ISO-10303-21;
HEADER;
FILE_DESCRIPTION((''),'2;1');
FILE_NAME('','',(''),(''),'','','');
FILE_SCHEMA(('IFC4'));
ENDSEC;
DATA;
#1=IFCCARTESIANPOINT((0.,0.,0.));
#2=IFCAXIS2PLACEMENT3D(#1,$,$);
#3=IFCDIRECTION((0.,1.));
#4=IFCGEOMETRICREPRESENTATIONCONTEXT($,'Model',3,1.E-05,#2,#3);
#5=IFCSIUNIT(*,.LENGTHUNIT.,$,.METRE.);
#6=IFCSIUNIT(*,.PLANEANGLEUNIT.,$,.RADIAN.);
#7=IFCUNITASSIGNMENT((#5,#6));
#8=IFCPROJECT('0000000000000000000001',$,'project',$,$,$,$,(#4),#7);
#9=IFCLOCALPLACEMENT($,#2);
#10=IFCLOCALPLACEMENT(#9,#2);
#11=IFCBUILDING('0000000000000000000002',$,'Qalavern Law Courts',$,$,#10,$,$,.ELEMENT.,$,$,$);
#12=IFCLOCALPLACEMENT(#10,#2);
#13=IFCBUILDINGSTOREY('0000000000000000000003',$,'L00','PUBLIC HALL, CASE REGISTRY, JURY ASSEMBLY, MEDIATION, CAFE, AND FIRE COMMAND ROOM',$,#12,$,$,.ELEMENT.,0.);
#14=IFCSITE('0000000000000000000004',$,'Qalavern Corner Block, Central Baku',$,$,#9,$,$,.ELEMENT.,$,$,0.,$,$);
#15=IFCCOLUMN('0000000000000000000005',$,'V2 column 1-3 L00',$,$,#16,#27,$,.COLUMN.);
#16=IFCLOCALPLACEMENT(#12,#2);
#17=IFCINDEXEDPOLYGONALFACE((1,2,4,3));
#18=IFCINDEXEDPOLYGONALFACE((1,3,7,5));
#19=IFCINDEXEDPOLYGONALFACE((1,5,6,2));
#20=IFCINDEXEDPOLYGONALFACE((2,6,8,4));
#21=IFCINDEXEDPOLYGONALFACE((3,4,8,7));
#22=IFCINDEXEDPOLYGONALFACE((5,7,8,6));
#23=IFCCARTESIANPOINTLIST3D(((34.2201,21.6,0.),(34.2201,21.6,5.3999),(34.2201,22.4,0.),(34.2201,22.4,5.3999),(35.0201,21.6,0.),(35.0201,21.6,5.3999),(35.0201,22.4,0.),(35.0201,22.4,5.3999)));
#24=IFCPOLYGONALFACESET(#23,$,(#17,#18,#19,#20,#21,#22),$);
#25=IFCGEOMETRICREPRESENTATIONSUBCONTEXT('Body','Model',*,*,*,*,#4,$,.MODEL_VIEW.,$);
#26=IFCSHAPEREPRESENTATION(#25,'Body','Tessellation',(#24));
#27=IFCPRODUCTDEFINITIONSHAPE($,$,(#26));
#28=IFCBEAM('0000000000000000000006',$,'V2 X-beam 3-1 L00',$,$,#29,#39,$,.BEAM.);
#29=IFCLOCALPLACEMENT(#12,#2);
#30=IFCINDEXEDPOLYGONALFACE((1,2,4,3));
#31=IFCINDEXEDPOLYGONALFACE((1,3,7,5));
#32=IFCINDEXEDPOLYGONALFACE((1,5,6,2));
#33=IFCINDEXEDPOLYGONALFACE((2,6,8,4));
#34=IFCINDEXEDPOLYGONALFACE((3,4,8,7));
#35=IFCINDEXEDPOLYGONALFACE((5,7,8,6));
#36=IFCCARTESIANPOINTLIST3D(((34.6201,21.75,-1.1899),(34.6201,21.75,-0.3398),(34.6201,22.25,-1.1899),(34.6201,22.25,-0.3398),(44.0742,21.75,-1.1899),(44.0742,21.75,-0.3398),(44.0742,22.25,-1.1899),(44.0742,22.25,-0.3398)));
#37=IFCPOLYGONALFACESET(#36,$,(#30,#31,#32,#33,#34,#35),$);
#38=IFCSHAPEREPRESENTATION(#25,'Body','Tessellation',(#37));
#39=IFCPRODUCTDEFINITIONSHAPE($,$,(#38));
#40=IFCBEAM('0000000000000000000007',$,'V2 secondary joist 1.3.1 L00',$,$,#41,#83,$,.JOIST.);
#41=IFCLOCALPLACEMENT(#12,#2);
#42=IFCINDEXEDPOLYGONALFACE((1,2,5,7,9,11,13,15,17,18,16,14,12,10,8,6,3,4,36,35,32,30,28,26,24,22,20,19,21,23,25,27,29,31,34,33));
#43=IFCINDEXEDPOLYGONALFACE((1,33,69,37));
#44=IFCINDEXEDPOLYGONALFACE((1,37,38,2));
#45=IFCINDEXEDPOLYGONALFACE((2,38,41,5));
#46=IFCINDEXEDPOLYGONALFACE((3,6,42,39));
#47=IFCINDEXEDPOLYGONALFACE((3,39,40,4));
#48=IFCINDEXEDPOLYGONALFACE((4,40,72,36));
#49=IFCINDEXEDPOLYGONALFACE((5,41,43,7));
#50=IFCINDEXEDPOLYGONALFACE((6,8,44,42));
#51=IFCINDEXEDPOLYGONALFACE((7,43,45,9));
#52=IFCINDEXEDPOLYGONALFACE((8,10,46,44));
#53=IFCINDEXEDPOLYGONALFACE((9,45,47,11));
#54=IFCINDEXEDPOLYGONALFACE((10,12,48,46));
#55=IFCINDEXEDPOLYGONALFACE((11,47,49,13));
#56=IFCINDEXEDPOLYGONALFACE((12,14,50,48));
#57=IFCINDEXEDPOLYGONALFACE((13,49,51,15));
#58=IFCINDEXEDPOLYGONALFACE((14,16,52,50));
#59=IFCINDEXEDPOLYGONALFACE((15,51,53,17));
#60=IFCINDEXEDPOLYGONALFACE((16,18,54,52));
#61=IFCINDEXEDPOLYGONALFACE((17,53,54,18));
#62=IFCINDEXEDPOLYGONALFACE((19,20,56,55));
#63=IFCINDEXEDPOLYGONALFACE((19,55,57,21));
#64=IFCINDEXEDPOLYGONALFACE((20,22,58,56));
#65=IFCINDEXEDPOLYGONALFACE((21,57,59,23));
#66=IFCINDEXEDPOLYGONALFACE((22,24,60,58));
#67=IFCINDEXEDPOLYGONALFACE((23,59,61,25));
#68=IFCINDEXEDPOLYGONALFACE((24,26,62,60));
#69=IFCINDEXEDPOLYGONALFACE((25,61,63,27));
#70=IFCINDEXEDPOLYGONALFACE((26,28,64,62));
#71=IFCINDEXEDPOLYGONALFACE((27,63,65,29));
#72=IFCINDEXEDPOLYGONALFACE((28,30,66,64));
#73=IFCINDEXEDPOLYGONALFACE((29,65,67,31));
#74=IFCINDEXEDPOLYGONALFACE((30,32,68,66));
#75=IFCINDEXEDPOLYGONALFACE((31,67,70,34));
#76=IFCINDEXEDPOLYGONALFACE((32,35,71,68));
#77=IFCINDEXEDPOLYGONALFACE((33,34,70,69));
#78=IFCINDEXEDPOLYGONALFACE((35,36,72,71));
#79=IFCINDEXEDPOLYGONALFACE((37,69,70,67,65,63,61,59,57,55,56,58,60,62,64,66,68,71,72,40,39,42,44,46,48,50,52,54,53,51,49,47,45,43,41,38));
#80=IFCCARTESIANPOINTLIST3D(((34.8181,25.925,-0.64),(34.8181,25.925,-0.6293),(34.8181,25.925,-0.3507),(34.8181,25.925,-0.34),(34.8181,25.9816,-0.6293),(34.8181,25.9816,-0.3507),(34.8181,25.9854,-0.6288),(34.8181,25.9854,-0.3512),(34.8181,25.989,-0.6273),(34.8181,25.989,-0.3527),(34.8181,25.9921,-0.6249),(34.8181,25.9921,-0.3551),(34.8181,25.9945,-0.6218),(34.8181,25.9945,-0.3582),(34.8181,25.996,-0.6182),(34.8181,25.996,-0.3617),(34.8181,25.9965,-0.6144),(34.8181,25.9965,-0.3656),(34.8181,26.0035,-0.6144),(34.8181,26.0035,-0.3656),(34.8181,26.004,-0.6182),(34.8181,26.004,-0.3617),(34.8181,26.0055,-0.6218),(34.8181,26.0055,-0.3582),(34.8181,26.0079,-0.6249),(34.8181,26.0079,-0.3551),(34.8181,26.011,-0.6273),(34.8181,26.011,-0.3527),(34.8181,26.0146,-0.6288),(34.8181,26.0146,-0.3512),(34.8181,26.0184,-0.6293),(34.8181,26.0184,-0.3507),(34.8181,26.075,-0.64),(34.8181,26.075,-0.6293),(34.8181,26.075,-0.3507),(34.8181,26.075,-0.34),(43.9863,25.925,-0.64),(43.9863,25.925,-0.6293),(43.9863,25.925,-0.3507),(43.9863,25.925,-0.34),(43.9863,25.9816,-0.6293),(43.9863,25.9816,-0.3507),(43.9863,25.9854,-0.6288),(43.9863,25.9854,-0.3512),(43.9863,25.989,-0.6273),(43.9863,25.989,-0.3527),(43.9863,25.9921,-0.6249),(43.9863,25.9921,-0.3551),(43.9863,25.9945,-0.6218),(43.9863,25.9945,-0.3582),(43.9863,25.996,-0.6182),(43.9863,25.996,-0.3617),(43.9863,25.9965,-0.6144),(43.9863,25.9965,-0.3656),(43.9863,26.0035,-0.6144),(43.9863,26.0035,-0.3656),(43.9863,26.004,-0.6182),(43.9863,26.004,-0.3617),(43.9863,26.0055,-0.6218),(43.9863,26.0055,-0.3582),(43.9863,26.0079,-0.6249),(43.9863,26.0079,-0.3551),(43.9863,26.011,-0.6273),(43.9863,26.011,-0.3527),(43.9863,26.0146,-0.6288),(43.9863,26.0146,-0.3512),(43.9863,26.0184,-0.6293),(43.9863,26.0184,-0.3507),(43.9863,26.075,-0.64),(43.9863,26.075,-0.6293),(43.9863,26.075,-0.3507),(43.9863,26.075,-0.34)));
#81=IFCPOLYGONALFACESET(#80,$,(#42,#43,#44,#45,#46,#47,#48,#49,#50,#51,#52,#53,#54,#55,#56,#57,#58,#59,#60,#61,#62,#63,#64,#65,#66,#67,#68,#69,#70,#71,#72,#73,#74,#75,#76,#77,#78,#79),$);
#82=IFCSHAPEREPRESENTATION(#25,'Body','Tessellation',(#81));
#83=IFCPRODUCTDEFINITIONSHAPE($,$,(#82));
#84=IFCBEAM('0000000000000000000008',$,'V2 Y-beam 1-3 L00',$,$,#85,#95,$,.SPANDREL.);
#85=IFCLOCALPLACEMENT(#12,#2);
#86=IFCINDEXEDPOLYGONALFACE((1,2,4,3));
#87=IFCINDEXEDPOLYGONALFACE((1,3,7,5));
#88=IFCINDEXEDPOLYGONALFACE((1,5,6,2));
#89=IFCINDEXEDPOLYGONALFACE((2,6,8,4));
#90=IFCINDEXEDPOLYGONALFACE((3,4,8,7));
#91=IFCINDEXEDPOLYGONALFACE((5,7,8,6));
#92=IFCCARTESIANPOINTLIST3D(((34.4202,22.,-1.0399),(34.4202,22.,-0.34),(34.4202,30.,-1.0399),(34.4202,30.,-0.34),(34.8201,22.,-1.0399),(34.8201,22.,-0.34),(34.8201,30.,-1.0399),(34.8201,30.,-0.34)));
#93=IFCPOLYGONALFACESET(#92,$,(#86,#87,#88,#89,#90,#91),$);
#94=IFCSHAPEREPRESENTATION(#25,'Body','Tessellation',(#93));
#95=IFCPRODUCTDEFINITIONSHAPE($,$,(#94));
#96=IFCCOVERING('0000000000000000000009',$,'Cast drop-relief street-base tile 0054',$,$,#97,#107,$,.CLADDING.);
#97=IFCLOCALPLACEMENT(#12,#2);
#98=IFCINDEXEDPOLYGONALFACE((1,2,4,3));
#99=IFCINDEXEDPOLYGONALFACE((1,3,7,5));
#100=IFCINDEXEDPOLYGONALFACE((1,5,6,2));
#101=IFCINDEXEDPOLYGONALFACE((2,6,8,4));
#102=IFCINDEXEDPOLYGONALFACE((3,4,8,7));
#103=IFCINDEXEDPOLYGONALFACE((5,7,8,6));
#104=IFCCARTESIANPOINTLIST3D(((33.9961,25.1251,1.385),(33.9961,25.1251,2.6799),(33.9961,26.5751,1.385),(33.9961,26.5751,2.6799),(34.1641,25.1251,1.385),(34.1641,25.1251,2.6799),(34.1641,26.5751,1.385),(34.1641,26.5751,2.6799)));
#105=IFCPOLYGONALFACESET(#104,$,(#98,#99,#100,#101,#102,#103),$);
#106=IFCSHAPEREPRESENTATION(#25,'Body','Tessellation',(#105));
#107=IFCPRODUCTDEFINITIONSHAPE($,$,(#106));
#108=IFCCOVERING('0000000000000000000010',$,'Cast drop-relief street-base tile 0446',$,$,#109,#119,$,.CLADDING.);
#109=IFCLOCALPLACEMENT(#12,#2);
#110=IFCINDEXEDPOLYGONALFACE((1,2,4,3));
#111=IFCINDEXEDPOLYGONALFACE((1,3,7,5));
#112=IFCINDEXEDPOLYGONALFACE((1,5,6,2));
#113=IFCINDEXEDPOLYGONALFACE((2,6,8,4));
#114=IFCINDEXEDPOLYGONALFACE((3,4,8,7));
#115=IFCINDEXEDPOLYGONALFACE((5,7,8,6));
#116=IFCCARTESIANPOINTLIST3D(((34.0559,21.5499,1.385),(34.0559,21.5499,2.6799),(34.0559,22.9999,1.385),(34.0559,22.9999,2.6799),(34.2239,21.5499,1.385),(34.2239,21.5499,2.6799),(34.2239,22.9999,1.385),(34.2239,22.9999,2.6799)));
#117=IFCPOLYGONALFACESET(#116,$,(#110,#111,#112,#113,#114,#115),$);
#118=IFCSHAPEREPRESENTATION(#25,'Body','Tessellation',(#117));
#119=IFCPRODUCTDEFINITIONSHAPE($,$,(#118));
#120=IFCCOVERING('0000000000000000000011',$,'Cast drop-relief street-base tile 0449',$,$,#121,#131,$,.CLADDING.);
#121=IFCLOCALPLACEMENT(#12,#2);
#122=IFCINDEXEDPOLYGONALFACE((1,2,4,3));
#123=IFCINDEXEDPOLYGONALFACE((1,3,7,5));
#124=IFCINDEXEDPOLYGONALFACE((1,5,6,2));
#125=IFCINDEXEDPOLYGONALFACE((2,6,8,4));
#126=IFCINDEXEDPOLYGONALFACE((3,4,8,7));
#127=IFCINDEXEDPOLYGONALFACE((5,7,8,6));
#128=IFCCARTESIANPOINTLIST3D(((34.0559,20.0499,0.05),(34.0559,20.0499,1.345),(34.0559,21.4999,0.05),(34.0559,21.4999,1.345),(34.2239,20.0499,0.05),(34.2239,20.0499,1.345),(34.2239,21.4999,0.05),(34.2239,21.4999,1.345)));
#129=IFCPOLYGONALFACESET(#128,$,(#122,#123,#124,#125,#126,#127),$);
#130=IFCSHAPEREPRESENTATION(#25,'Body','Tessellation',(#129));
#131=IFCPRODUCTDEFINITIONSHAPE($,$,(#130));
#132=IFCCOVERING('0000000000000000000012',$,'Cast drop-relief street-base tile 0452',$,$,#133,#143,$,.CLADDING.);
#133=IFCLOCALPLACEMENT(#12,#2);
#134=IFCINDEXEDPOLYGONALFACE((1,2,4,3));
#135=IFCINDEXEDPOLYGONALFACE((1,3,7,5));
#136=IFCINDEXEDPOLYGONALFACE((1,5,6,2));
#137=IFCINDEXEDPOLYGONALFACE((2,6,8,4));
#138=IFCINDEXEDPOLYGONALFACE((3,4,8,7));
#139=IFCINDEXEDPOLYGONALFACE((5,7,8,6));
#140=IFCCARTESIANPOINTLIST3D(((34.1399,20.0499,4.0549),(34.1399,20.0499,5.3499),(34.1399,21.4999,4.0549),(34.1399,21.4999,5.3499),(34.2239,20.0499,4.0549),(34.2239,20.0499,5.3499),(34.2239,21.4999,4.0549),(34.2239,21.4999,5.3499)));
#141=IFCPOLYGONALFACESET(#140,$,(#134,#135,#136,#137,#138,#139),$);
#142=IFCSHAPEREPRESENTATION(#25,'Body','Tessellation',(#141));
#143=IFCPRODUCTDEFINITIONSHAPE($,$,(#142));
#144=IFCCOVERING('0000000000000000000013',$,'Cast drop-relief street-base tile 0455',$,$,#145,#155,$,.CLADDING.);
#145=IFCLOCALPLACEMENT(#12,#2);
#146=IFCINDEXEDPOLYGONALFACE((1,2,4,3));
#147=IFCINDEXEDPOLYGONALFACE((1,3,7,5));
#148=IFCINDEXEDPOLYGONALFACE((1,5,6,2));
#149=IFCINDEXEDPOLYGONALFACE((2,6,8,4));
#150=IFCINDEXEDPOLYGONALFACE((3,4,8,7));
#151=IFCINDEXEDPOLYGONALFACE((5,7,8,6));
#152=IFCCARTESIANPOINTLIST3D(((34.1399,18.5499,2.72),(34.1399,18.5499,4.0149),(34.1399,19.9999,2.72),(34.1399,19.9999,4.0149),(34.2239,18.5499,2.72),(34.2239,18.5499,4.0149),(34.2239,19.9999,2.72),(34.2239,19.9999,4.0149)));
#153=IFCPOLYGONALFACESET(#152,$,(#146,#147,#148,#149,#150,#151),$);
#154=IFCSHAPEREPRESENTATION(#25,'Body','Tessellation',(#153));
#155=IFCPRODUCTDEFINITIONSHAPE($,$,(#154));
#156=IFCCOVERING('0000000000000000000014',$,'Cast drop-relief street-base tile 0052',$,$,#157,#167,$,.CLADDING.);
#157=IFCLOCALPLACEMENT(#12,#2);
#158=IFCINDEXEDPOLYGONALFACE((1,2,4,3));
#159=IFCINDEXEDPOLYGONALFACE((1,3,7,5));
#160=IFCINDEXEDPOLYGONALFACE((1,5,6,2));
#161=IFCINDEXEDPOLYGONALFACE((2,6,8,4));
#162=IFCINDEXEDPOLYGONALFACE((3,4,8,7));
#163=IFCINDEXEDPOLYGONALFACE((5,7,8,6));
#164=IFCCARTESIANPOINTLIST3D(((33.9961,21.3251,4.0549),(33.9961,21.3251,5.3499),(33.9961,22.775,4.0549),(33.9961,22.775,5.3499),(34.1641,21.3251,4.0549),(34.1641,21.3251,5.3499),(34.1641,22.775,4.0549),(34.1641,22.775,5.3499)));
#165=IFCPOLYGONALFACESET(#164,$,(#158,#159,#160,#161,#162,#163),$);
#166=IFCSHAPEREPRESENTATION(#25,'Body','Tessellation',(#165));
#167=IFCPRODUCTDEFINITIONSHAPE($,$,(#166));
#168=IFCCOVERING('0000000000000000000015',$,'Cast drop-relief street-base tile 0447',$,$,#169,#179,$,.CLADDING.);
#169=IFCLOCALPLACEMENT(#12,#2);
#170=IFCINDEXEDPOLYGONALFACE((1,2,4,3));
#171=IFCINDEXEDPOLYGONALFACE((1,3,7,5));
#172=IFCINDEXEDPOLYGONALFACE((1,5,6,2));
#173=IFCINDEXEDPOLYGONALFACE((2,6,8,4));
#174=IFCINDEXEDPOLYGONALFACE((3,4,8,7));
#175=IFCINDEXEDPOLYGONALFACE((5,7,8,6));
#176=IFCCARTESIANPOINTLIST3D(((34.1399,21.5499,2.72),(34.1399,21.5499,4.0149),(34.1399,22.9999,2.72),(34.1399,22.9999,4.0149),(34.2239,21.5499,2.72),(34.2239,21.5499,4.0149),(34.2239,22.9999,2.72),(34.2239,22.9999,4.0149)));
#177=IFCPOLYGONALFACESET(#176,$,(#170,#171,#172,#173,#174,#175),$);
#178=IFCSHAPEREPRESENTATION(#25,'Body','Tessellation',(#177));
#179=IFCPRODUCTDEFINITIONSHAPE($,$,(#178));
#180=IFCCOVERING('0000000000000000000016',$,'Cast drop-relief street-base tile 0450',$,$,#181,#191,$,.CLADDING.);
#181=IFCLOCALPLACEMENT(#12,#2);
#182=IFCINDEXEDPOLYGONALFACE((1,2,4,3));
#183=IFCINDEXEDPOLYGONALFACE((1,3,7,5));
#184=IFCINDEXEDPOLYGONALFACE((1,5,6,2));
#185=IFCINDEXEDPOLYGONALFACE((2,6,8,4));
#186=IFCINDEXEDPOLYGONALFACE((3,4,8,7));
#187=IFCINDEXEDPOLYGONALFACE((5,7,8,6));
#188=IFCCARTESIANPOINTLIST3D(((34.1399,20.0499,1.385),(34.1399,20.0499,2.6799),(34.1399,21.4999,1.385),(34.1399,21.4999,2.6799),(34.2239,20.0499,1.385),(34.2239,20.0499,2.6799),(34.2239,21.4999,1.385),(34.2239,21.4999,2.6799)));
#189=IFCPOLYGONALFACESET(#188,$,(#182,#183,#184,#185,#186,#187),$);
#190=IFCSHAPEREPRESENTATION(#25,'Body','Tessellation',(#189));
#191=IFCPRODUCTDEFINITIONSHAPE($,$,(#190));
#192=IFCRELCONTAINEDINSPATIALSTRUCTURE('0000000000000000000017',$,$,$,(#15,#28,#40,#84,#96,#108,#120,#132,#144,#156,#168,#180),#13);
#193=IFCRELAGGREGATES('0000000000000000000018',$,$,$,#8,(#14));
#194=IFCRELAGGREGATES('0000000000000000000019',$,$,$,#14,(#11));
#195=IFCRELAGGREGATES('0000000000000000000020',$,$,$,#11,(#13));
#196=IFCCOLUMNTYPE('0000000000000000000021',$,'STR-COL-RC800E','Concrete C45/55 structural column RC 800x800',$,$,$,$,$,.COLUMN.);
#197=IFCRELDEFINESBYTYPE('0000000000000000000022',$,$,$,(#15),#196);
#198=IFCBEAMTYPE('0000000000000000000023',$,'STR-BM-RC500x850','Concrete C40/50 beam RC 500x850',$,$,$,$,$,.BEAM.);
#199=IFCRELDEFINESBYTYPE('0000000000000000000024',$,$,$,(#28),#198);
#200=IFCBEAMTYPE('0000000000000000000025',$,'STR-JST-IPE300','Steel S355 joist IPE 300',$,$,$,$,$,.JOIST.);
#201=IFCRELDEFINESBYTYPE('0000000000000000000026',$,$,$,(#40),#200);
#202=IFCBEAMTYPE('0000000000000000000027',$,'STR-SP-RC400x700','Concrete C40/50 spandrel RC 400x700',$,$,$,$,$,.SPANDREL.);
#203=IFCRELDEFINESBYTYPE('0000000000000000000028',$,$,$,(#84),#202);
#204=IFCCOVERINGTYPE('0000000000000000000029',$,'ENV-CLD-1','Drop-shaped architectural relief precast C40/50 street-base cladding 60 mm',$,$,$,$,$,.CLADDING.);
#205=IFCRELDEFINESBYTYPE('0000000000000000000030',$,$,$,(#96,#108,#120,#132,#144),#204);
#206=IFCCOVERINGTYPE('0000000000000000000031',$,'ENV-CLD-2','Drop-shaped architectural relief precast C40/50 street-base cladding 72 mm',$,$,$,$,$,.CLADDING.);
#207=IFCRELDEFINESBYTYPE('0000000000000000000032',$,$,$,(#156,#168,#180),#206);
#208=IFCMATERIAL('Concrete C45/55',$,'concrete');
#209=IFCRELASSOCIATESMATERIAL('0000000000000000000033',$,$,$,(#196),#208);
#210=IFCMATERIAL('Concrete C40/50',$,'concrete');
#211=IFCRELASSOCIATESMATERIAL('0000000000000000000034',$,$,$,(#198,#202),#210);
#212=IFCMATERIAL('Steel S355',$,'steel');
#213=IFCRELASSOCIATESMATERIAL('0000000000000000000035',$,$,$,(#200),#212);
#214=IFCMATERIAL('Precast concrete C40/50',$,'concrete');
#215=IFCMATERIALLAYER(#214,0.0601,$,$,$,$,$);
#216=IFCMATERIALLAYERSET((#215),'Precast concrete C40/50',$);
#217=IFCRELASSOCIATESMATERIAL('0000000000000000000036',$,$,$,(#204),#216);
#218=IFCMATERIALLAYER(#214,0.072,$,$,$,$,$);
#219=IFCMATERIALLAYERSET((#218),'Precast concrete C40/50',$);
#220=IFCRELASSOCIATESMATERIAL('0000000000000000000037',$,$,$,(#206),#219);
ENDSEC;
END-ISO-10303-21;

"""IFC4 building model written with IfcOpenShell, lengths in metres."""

from ifc_helpers import new_model, si_unit, direction, frame, origin, origin_2d, place, context, subcontext, project, spatial, rectangle, i_section, extrude, material, layer, layer_set, material_profile, profile_set, type_object, element, save


model = new_model("IFC4")

# Units and contexts
model_context = context("Model", 3, precision=1e-05, world=origin(), true_north=direction((0.0, 1.0)))
body_context = subcontext(model_context, "Body", "Model", "MODEL_VIEW")
ifc_project = project(units=[si_unit("LENGTHUNIT", "METRE"), si_unit("PLANEANGLEUNIT", "RADIAN")], contexts=[model_context])

# Site, building, storey
site_placement = place(None, origin())
site = spatial("IfcSite", under=ifc_project, at=site_placement, Name="Qalavern Corner Block, Central Baku", CompositionType="ELEMENT", RefElevation=0.0)
building_placement = place(site_placement, origin())
building = spatial("IfcBuilding", under=site, at=building_placement, Name="Qalavern Law Courts", CompositionType="ELEMENT")
storey_placement = place(building_placement, origin())
storey = spatial("IfcBuildingStorey", under=building, at=storey_placement, Name="L00", Description="PUBLIC HALL, CASE REGISTRY, JURY ASSEMBLY, MEDIATION, CAFE, AND FIRE COMMAND ROOM", CompositionType="ELEMENT", Elevation=0.0)

# Column
ifc_material_1 = material(Name="Concrete C45/55", Category="concrete")
ifc_material_profile_1 = material_profile(ifc_material_1, rectangle(XDim=0.8, YDim=0.8, at=origin_2d()), Name="RC 800x800")
ifc_profile_set_1 = profile_set([ifc_material_profile_1], Name="Concrete C45/55")
column_type = type_object("IfcColumnType", Name="STR-COL-RC800E", Description="Concrete C45/55 structural column RC 800x800", PredefinedType="COLUMN", material=ifc_profile_set_1)
column_placement = place(storey_placement, frame((34.6201, 22.0, 0.0), z_axis=(0.0, 0.0, 1.0), x_axis=(1.0, 0.0, 0.0)))
element("IfcColumn", 1, at=column_placement, inside=storey, type_object=column_type, Name="V2 column 1-3 L00", PredefinedType="COLUMN", context=body_context, shape_type="SweptSolid", body=[
    extrude(rectangle(XDim=0.8, YDim=0.8, at=origin_2d()), origin(), (0.0, 0.0, 1.0), 5.3999),
])

# Beams
ifc_material_2 = material(Name="Concrete C40/50", Category="concrete")
ifc_material_profile_2 = material_profile(ifc_material_2, rectangle(XDim=0.5, YDim=0.8501, at=origin_2d()), Name="RC 500x850")
ifc_profile_set_2 = profile_set([ifc_material_profile_2], Name="Concrete C40/50")
beam_type_1 = type_object("IfcBeamType", Name="STR-BM-RC500x850", Description="Concrete C40/50 beam RC 500x850", PredefinedType="BEAM", material=ifc_profile_set_2)
beam_1_placement = place(storey_placement, frame((34.6201, 22.0, -0.7649), z_axis=(1.0, 0.0, 0.0), x_axis=(0.0, 1.0, 0.0)))
element("IfcBeam", 2, at=beam_1_placement, inside=storey, type_object=beam_type_1, Name="V2 X-beam 3-1 L00", PredefinedType="BEAM", context=body_context, shape_type="SweptSolid", body=[
    extrude(rectangle(XDim=0.5, YDim=0.8501, at=origin_2d()), origin(), (0.0, 0.0, 1.0), 9.4541),
])
ifc_material_3 = material(Name="Steel S355", Category="steel")
ifc_material_profile_3 = material_profile(ifc_material_3, i_section(OverallWidth=0.1499, OverallDepth=0.3, WebThickness=0.0071, FlangeThickness=0.0107, FilletRadius=0.0149, at=origin_2d()), Name="IPE 300")
ifc_profile_set_3 = profile_set([ifc_material_profile_3], Name="Steel S355")
beam_type_2 = type_object("IfcBeamType", Name="STR-JST-IPE300", Description="Steel S355 joist IPE 300", PredefinedType="JOIST", material=ifc_profile_set_3)
beam_2_placement = place(storey_placement, frame((34.8181, 26.0, -0.49), z_axis=(1.0, 0.0, 0.0), x_axis=(0.0, 1.0, 0.0)))
element("IfcBeam", 3, at=beam_2_placement, inside=storey, type_object=beam_type_2, Name="V2 secondary joist 1.3.1 L00", PredefinedType="JOIST", context=body_context, shape_type="SweptSolid", body=[
    extrude(i_section(OverallWidth=0.1499, OverallDepth=0.3, WebThickness=0.0071, FlangeThickness=0.0107, FilletRadius=0.0149, at=origin_2d()), origin(), (0.0, 0.0, 1.0), 9.1682),
])
ifc_material_profile_4 = material_profile(ifc_material_2, rectangle(XDim=0.3999, YDim=0.7, at=origin_2d()), Name="RC 400x700")
ifc_profile_set_4 = profile_set([ifc_material_profile_4], Name="Concrete C40/50")
beam_type_3 = type_object("IfcBeamType", Name="STR-SP-RC400x700", Description="Concrete C40/50 spandrel RC 400x700", PredefinedType="SPANDREL", material=ifc_profile_set_4)
beam_3_placement = place(storey_placement, frame((34.6201, 22.0, -0.6899), z_axis=(0.0, 1.0, 0.0), x_axis=(-1.0, 0.0, 0.0)))
element("IfcBeam", 4, at=beam_3_placement, inside=storey, type_object=beam_type_3, Name="V2 Y-beam 1-3 L00", PredefinedType="SPANDREL", context=body_context, shape_type="SweptSolid", body=[
    extrude(rectangle(XDim=0.3999, YDim=0.7, at=origin_2d()), origin(), (0.0, 0.0, 1.0), 8.0),
])

# Coverings
ifc_material_4 = material(Name="Precast concrete C40/50", Category="concrete")
ifc_layer_1 = layer(ifc_material_4, 0.0601)
ifc_layer_set_1 = layer_set([ifc_layer_1], Name="Precast concrete C40/50")
covering_type_1 = type_object("IfcCoveringType", Name="ENV-CLD-1", Description="Drop-shaped architectural relief precast C40/50 street-base cladding 60 mm", PredefinedType="CLADDING", material=ifc_layer_set_1)
for number, where, z_axis, x_axis, name in (
    (5, (34.0801, 25.8501, 1.385), (0.0, 0.0, 1.0), (0.0, 1.0, 0.0), "Cast drop-relief street-base tile 0054"),
    (6, (34.1399, 22.2749, 1.385), (0.0, 0.0, 1.0), (0.0, -1.0, 0.0), "Cast drop-relief street-base tile 0446"),
    (7, (34.1399, 20.7749, 0.05), (0.0, 0.0, 1.0), (0.0, -1.0, 0.0), "Cast drop-relief street-base tile 0449"),
):
    element("IfcCovering", number, at=place(storey_placement, frame(where, z_axis=z_axis, x_axis=x_axis)), inside=storey, type_object=covering_type_1, Name=name, PredefinedType="CLADDING", context=body_context, shape_type="SweptSolid", body=[
        extrude(rectangle(XDim=1.45, YDim=0.168, at=origin_2d()), origin(), (0.0, 0.0, 1.0), 1.2949),
    ])
for number, where, z_axis, x_axis, name in (
    (8, (34.1819, 20.7749, 4.0549), (0.0, 0.0, 1.0), (0.0, -1.0, 0.0), "Cast drop-relief street-base tile 0452"),
    (9, (34.1819, 19.2749, 2.72), (0.0, 0.0, 1.0), (0.0, -1.0, 0.0), "Cast drop-relief street-base tile 0455"),
):
    element("IfcCovering", number, at=place(storey_placement, frame(where, z_axis=z_axis, x_axis=x_axis)), inside=storey, type_object=covering_type_1, Name=name, PredefinedType="CLADDING", context=body_context, shape_type="SweptSolid", body=[
        extrude(rectangle(XDim=1.45, YDim=0.084, at=origin_2d()), origin(), (0.0, 0.0, 1.0), 1.2949),
    ])
ifc_layer_2 = layer(ifc_material_4, 0.072)
ifc_layer_set_2 = layer_set([ifc_layer_2], Name="Precast concrete C40/50")
covering_type_2 = type_object("IfcCoveringType", Name="ENV-CLD-2", Description="Drop-shaped architectural relief precast C40/50 street-base cladding 72 mm", PredefinedType="CLADDING", material=ifc_layer_set_2)
covering_1_placement = place(storey_placement, frame((34.0801, 22.05, 4.0549), z_axis=(0.0, 0.0, 1.0), x_axis=(0.0, 1.0, 0.0)))
element("IfcCovering", 10, at=covering_1_placement, inside=storey, type_object=covering_type_2, Name="Cast drop-relief street-base tile 0052", PredefinedType="CLADDING", context=body_context, shape_type="SweptSolid", body=[
    extrude(rectangle(XDim=1.45, YDim=0.168, at=origin_2d()), origin(), (0.0, 0.0, 1.0), 1.2949),
])
for number, where, z_axis, x_axis, name in (
    (11, (34.1819, 22.2749, 2.72), (0.0, 0.0, 1.0), (0.0, -1.0, 0.0), "Cast drop-relief street-base tile 0447"),
    (12, (34.1819, 20.7749, 1.385), (0.0, 0.0, 1.0), (0.0, -1.0, 0.0), "Cast drop-relief street-base tile 0450"),
):
    element("IfcCovering", number, at=place(storey_placement, frame(where, z_axis=z_axis, x_axis=x_axis)), inside=storey, type_object=covering_type_2, Name=name, PredefinedType="CLADDING", context=body_context, shape_type="SweptSolid", body=[
        extrude(rectangle(XDim=1.45, YDim=0.084, at=origin_2d()), origin(), (0.0, 0.0, 1.0), 1.2949),
    ])

save(model, "model.ifc")
